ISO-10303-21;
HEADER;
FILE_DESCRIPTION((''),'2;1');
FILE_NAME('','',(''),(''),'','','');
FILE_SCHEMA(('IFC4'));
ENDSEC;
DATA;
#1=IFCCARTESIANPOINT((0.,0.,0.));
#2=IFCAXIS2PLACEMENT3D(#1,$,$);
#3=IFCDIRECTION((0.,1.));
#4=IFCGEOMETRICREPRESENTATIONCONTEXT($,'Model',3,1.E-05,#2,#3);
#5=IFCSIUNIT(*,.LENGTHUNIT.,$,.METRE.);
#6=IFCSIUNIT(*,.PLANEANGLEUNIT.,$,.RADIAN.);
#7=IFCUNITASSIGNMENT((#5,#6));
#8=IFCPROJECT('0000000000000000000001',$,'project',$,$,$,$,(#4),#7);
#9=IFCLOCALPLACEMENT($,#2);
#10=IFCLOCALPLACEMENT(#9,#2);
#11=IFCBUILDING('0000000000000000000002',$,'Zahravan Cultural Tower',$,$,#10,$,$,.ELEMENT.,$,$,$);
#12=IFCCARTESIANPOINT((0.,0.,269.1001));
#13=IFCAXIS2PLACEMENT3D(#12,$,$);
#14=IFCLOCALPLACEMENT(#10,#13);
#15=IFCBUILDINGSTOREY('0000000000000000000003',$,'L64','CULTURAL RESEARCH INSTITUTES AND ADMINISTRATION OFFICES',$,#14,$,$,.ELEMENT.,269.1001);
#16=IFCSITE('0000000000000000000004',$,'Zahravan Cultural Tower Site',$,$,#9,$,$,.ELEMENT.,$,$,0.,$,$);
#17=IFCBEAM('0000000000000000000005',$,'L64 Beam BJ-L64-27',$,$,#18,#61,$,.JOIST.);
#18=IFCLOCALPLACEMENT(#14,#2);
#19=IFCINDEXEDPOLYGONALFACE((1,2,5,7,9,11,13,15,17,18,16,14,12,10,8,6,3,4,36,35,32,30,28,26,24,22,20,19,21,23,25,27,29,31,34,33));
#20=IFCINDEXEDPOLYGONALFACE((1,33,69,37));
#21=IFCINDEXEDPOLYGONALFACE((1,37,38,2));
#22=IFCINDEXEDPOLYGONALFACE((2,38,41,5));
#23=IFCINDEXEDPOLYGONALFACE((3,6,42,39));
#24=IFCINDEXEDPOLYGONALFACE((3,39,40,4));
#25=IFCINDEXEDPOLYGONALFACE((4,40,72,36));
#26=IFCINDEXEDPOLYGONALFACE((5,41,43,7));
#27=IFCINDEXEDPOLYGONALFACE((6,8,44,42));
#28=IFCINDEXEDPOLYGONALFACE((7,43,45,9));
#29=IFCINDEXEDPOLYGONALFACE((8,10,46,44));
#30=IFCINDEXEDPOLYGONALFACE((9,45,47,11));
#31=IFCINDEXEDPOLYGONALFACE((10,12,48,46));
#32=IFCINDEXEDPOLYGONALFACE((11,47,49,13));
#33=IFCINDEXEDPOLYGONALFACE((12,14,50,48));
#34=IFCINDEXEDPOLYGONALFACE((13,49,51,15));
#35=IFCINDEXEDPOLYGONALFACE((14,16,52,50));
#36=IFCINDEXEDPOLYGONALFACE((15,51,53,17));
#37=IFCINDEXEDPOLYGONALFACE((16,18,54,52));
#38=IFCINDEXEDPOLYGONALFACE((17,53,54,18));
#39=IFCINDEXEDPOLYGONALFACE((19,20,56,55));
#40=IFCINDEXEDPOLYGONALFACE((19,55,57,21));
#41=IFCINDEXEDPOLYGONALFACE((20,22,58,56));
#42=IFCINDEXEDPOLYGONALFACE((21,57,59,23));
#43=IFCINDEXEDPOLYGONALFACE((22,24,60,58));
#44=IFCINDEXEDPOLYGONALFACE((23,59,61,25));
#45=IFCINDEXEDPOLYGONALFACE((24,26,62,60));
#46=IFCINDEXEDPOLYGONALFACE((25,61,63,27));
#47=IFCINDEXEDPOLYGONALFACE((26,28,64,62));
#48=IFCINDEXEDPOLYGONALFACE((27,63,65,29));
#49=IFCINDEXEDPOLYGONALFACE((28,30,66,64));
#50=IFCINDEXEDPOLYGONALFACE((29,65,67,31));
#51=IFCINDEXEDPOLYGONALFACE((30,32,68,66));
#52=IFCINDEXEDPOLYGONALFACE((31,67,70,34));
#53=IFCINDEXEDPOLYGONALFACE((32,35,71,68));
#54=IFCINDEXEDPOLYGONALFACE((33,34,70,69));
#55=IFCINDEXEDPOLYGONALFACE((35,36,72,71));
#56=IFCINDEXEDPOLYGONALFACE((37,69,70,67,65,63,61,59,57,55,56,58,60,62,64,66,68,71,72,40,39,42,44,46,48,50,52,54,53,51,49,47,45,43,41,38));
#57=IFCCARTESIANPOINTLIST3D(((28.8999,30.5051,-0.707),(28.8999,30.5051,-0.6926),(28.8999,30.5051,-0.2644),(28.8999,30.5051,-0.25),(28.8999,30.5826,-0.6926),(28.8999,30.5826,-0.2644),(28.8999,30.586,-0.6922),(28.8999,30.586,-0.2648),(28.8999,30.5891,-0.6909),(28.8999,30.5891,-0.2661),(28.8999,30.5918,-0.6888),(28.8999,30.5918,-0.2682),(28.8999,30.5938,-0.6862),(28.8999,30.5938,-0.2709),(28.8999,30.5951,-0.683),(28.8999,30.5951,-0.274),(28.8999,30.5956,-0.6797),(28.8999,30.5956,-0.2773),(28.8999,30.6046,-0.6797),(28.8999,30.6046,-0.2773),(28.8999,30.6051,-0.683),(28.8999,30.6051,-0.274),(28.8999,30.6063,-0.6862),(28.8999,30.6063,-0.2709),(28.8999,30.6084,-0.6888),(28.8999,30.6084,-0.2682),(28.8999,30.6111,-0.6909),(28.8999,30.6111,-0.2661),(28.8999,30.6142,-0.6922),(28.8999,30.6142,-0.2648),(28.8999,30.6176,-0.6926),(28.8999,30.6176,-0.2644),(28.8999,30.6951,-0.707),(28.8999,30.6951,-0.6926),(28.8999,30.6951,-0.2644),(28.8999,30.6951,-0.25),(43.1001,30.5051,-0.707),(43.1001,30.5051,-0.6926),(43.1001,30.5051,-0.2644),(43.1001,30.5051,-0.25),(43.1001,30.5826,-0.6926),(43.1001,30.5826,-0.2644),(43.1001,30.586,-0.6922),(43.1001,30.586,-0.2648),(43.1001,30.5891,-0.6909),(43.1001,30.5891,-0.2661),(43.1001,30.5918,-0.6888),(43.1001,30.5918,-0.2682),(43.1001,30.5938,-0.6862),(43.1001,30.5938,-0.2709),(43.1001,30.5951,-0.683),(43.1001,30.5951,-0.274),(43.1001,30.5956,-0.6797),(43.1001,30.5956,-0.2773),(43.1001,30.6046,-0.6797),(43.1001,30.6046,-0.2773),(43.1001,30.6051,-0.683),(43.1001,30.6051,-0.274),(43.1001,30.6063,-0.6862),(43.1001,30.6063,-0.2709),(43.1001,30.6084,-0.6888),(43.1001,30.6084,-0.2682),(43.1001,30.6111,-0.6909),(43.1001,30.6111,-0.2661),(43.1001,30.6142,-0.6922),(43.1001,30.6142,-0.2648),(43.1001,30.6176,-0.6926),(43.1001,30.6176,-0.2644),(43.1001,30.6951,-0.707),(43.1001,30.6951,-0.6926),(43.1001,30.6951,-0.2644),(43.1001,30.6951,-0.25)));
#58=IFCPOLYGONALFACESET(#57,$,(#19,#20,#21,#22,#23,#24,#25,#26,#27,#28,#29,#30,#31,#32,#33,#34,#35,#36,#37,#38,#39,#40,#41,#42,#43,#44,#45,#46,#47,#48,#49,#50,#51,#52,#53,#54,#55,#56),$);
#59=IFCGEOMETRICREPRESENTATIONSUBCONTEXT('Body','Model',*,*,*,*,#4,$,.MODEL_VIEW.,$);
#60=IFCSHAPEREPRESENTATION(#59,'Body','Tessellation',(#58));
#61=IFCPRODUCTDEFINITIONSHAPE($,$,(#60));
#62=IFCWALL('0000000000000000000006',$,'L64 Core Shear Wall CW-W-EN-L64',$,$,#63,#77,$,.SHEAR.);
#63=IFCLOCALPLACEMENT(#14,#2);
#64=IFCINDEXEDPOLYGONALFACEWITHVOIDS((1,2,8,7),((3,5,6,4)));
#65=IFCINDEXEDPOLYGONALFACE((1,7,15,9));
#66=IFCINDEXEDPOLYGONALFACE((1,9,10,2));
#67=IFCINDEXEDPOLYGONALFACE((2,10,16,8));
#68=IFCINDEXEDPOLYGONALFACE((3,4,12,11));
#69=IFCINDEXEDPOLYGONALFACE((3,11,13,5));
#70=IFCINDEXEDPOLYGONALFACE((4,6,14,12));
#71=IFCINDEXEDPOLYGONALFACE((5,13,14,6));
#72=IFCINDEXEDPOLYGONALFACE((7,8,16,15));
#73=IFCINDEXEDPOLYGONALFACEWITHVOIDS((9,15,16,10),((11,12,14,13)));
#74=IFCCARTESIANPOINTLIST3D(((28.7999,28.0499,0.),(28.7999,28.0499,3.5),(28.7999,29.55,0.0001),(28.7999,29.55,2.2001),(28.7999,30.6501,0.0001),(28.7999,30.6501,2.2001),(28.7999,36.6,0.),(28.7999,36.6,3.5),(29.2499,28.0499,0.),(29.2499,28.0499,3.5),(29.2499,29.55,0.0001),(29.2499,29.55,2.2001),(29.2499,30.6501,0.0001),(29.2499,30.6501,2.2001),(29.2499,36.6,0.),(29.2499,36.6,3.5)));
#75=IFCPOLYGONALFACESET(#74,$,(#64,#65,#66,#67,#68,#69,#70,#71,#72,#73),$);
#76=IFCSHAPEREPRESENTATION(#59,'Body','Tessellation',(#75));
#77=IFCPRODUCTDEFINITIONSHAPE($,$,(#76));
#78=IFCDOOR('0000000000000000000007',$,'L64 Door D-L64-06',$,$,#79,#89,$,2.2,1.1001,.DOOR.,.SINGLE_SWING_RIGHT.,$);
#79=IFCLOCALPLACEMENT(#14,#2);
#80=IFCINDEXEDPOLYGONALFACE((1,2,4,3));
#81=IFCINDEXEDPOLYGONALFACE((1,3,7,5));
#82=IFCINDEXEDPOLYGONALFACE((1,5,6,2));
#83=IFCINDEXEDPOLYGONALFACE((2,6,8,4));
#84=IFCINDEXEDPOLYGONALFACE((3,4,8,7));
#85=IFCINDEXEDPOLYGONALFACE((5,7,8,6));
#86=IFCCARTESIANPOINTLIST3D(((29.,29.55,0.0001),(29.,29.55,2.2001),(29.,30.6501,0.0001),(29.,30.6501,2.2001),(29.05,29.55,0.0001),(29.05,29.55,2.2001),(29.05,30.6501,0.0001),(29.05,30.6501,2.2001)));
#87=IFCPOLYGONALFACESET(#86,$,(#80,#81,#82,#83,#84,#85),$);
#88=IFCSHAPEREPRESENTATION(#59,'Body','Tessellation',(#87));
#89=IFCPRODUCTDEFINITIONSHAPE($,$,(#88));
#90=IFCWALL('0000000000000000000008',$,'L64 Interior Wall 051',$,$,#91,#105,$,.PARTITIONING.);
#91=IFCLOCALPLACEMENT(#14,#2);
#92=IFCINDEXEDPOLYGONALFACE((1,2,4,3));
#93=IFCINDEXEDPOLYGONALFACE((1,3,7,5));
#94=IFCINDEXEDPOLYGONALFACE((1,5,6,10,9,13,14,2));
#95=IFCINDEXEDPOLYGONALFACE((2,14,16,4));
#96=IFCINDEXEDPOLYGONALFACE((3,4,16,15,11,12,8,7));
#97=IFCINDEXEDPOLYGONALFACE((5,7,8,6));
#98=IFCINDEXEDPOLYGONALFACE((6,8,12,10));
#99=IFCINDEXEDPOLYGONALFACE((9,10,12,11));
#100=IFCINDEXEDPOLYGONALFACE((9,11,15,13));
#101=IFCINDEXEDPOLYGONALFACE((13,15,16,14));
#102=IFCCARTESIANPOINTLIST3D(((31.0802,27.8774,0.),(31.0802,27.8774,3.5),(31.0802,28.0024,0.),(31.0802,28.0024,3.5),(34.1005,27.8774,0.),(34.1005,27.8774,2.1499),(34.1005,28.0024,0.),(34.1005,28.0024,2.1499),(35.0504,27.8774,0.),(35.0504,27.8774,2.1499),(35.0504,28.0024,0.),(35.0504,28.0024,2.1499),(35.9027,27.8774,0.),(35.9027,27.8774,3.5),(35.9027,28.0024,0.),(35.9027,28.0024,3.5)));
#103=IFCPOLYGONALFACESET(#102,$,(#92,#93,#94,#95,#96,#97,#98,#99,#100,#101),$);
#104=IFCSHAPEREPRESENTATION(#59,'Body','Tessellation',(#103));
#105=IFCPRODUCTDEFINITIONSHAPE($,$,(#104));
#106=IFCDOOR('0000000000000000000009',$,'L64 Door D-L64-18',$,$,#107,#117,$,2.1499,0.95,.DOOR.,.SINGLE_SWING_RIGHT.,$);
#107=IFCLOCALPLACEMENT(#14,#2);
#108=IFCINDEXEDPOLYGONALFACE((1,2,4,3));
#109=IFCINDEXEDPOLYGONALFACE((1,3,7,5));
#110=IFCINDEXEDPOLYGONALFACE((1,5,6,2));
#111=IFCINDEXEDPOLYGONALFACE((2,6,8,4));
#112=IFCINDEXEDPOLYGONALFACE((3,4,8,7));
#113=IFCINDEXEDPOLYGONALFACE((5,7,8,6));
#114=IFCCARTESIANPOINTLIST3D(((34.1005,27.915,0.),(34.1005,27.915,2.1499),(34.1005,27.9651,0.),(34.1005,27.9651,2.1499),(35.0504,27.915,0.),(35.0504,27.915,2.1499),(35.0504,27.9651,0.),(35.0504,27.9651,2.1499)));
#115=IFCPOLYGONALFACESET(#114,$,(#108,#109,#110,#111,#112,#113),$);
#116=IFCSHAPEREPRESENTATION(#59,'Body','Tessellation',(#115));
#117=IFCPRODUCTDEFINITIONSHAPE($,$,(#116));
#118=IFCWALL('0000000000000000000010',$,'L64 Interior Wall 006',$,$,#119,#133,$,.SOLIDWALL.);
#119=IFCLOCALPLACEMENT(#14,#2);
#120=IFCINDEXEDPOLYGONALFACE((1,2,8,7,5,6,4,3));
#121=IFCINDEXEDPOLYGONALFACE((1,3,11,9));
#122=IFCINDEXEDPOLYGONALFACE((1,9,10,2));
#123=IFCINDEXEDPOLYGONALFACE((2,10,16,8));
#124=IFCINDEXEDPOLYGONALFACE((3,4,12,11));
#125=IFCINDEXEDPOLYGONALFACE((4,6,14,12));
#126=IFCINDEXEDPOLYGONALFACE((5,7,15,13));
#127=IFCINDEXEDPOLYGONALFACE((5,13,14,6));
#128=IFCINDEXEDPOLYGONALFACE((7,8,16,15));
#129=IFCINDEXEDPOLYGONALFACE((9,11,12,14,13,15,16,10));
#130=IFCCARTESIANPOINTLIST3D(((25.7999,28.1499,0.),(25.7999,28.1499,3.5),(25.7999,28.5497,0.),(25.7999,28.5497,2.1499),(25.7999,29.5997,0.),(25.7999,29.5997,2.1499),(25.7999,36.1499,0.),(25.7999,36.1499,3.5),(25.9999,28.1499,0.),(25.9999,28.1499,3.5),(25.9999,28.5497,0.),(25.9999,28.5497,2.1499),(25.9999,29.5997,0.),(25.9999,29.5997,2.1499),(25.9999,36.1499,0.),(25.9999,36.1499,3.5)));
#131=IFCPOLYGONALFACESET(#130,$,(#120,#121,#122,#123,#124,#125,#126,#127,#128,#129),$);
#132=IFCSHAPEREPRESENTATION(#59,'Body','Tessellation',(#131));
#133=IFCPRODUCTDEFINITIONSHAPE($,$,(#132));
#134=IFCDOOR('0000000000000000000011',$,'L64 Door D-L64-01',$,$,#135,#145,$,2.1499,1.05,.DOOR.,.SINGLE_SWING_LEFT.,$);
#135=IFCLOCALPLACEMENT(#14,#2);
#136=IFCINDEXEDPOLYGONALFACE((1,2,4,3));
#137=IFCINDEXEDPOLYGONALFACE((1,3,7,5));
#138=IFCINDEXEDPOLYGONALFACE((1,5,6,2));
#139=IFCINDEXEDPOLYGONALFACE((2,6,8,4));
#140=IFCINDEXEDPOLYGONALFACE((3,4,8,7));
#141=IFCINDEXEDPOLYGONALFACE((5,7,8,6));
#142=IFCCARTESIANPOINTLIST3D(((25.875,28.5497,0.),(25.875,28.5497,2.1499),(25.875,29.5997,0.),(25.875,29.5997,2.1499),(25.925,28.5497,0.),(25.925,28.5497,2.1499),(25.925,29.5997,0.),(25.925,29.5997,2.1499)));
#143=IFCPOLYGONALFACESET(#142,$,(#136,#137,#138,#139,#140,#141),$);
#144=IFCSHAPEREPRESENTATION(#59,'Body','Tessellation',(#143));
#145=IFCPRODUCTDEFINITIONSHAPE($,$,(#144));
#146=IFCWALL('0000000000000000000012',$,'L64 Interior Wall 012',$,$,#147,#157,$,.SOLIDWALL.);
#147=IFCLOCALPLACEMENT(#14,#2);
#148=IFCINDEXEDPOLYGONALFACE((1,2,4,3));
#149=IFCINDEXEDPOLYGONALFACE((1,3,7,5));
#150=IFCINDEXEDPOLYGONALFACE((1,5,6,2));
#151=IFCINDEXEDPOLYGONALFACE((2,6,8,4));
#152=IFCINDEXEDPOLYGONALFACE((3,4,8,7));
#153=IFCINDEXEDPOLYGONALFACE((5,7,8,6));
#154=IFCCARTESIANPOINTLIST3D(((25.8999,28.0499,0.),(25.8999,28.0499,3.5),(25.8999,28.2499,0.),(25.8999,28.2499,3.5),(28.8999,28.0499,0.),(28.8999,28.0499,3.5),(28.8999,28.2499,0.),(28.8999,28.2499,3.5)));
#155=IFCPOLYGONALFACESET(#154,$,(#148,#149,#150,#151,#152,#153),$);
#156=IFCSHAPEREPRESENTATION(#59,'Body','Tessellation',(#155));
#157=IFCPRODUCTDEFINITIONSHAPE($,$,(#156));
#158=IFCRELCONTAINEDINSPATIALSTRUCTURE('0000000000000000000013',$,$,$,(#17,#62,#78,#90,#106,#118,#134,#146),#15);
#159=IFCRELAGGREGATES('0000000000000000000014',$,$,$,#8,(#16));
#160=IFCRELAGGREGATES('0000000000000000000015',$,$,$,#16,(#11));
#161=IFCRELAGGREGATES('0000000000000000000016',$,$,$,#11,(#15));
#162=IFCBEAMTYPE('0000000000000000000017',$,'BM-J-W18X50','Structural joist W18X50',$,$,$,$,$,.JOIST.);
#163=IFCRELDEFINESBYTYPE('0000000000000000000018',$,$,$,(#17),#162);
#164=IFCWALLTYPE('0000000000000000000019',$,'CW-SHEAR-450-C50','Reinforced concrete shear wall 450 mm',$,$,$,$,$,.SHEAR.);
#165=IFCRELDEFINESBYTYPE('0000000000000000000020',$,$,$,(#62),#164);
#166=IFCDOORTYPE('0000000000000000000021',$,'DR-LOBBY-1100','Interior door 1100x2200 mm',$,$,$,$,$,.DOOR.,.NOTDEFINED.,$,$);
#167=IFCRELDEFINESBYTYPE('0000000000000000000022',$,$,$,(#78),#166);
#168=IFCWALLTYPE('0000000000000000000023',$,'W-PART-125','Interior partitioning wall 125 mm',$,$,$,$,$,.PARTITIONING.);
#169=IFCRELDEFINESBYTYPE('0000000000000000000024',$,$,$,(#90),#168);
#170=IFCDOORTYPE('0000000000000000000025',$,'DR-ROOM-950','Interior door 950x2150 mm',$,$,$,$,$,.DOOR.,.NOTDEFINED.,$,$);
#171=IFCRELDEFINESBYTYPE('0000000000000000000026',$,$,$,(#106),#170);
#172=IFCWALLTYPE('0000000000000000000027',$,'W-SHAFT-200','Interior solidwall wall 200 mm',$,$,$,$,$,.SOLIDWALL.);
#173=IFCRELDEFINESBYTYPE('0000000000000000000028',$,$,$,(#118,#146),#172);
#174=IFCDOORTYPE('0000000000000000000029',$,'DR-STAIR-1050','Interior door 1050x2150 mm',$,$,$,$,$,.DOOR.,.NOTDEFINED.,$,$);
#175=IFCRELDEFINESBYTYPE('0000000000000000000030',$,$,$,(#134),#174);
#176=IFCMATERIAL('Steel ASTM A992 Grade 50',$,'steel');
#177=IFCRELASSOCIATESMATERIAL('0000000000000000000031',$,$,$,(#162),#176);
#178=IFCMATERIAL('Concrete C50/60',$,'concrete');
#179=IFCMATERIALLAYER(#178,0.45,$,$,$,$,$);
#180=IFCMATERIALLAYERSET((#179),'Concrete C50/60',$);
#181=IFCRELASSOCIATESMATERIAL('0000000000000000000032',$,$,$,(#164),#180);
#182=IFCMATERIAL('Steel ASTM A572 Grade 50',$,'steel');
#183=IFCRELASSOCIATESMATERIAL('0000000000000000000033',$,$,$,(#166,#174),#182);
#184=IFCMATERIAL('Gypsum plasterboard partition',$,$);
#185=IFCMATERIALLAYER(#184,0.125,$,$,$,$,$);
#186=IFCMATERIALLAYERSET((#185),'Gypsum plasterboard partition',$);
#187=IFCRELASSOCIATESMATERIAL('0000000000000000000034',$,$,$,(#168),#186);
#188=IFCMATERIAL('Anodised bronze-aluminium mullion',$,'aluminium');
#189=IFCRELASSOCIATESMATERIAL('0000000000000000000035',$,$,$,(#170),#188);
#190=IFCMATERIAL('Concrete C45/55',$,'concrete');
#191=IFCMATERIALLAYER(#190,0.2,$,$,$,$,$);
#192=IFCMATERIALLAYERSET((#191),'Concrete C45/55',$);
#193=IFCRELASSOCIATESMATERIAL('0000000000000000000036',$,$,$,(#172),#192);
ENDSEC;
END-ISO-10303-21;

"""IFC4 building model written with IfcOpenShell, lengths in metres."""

from ifc_helpers import new_model, si_unit, direction, frame, frame_2d, origin, origin_2d, place, context, subcontext, project, spatial, rectangle, i_section, extrude, source, transform, mapped, material, layer, layer_set, material_profile, profile_set, type_object, element, fill, save


model = new_model("IFC4")

# Units and contexts
model_context = context("Model", 3, precision=1e-05, world=origin(), true_north=direction((0.0, 1.0)))
body_context = subcontext(model_context, "Body", "Model", "MODEL_VIEW")
ifc_project = project(units=[si_unit("LENGTHUNIT", "METRE"), si_unit("PLANEANGLEUNIT", "RADIAN")], contexts=[model_context])

# Site, building, storey
site_placement = place(None, origin())
site = spatial("IfcSite", under=ifc_project, at=site_placement, Name="Zahravan Cultural Tower Site", CompositionType="ELEMENT", RefElevation=0.0)
building_placement = place(site_placement, origin())
building = spatial("IfcBuilding", under=site, at=building_placement, Name="Zahravan Cultural Tower", CompositionType="ELEMENT")
storey_placement = place(building_placement, frame((0.0, 0.0, 269.1001)))
storey = spatial("IfcBuildingStorey", under=building, at=storey_placement, Name="L64", Description="CULTURAL RESEARCH INSTITUTES AND ADMINISTRATION OFFICES", CompositionType="ELEMENT", Elevation=269.1001)

# Beam
ifc_material_1 = material(Name="Steel ASTM A992 Grade 50", Category="steel")
ifc_material_profile = material_profile(ifc_material_1, i_section(OverallWidth=0.1899, OverallDepth=0.457, WebThickness=0.009, FlangeThickness=0.0144, FilletRadius=0.0129, at=origin_2d()), Name="W18X50")
ifc_profile_set = profile_set([ifc_material_profile], Name="Steel ASTM A992 Grade 50")
beam_type = type_object("IfcBeamType", Name="BM-J-W18X50", Description="Structural joist W18X50", PredefinedType="JOIST", material=ifc_profile_set)
shared_shape_1 = source(origin(), body_context, "Body", "SweptSolid", [
    extrude(i_section(OverallWidth=0.1899, OverallDepth=0.457, WebThickness=0.009, FlangeThickness=0.0144, FilletRadius=0.0129, at=origin_2d()), origin(), (0.0, 0.0, 1.0), 14.2002),
])
beam_placement = place(storey_placement, frame((28.8999, 30.6001, -0.4785), z_axis=(1.0, 0.0, 0.0), x_axis=(0.0, 1.0, 0.0)))
element("IfcBeam", 1, at=beam_placement, inside=storey, type_object=beam_type, Name="L64 Beam BJ-L64-27", PredefinedType="JOIST", context=body_context, shape_type="MappedRepresentation", body=[
    mapped(shared_shape_1, transform((0.0, 0.0, 0.0), x_axis=(1.0, 0.0, 0.0), y_axis=(0.0, 1.0, 0.0), z_axis=(0.0, 0.0, 1.0), scale=1.0)),
])

# Walls, openings, doors
ifc_material_2 = material(Name="Concrete C50/60", Category="concrete")
ifc_layer_1 = layer(ifc_material_2, 0.45)
ifc_layer_set_1 = layer_set([ifc_layer_1], Name="Concrete C50/60")
wall_type_1 = type_object("IfcWallType", Name="CW-SHEAR-450-C50", Description="Reinforced concrete shear wall 450 mm", PredefinedType="SHEAR", material=ifc_layer_set_1)
wall_1_placement = place(storey_placement, frame((29.0249, 28.05, 0.0), z_axis=(0.0, 0.0, 1.0), x_axis=(0.0, 1.0, 0.0)))
wall_1 = element("IfcWall", 2, at=wall_1_placement, inside=storey, type_object=wall_type_1, Name="L64 Core Shear Wall CW-W-EN-L64", PredefinedType="SHEAR", context=body_context, shape_type="SweptSolid", body=[
    extrude(rectangle(XDim=8.55, YDim=0.45, at=frame_2d((4.2749, 0.0))), origin(), (0.0, 0.0, 1.0), 3.5),
])
opening_1_placement = place(wall_1_placement, frame((1.5, 0.0, 0.0)))
opening_1 = element("IfcOpeningElement", 3, at=opening_1_placement, cuts=wall_1, PredefinedType="OPENING", context=body_context, shape_type="SweptSolid", body=[
    extrude(rectangle(XDim=1.1001, YDim=2.2, at=frame_2d((0.55, 1.1001))), frame((0.0, 0.2349, 0.0), z_axis=(0.0, -1.0, 0.0), x_axis=(1.0, 0.0, 0.0)), (0.0, 0.0, 1.0), 0.47),
])
ifc_material_3 = material(Name="Steel ASTM A572 Grade 50", Category="steel")
door_type_1 = type_object("IfcDoorType", Name="DR-LOBBY-1100", Description="Interior door 1100x2200 mm", OperationType="NOTDEFINED", PredefinedType="DOOR", material=ifc_material_3)
shared_shape_2 = source(origin(), body_context, "Body", "SweptSolid", [
    extrude(rectangle(XDim=1.1001, YDim=2.2, at=frame_2d((0.55, 1.1001))), frame((0.0, 0.0249, 0.0), z_axis=(0.0, -1.0, 0.0), x_axis=(1.0, 0.0, 0.0)), (0.0, 0.0, 1.0), 0.05),
])
door_1_placement = place(opening_1_placement, origin())
door_1 = element("IfcDoor", 4, at=door_1_placement, inside=storey, type_object=door_type_1, Name="L64 Door D-L64-06", OperationType="SINGLE_SWING_RIGHT", OverallHeight=2.2, OverallWidth=1.1001, PredefinedType="DOOR", context=body_context, shape_type="MappedRepresentation", body=[
    mapped(shared_shape_2, transform((0.0, 0.0, 0.0), x_axis=(1.0, 0.0, 0.0), y_axis=(0.0, 1.0, 0.0), z_axis=(0.0, 0.0, 1.0), scale=1.0)),
])
fill(opening_1, door_1)
ifc_material_4 = material(Name="Gypsum plasterboard partition")
ifc_layer_2 = layer(ifc_material_4, 0.125)
ifc_layer_set_2 = layer_set([ifc_layer_2], Name="Gypsum plasterboard partition")
wall_type_2 = type_object("IfcWallType", Name="W-PART-125", Description="Interior partitioning wall 125 mm", PredefinedType="PARTITIONING", material=ifc_layer_set_2)
wall_2_placement = place(storey_placement, frame((35.9026, 27.9399, 0.0), z_axis=(0.0, 0.0, 1.0), x_axis=(-1.0, 0.0, 0.0)))
wall_2 = element("IfcWall", 5, at=wall_2_placement, inside=storey, type_object=wall_type_2, Name="L64 Interior Wall 051", PredefinedType="PARTITIONING", context=body_context, shape_type="SweptSolid", body=[
    extrude(rectangle(XDim=4.8225, YDim=0.125, at=frame_2d((2.4111, 0.0))), origin(), (0.0, 0.0, 1.0), 3.5),
])
opening_2_placement = place(wall_2_placement, frame((0.8521, 0.0, 0.0)))
opening_2 = element("IfcOpeningElement", 6, at=opening_2_placement, cuts=wall_2, PredefinedType="OPENING", context=body_context, shape_type="SweptSolid", body=[
    extrude(rectangle(XDim=0.95, YDim=2.1499, at=frame_2d((0.4751, 1.075))), frame((0.0, 0.0725, 0.0), z_axis=(0.0, -1.0, 0.0), x_axis=(1.0, 0.0, 0.0)), (0.0, 0.0, 1.0), 0.145),
])
ifc_material_5 = material(Name="Anodised bronze-aluminium mullion", Category="aluminium")
door_type_2 = type_object("IfcDoorType", Name="DR-ROOM-950", Description="Interior door 950x2150 mm", OperationType="NOTDEFINED", PredefinedType="DOOR", material=ifc_material_5)
shared_shape_3 = source(origin(), body_context, "Body", "SweptSolid", [
    extrude(rectangle(XDim=0.95, YDim=2.1499, at=frame_2d((0.4751, 1.075))), frame((0.0, 0.0249, 0.0), z_axis=(0.0, -1.0, 0.0), x_axis=(1.0, 0.0, 0.0)), (0.0, 0.0, 1.0), 0.05),
])
door_2_placement = place(opening_2_placement, origin())
door_2 = element("IfcDoor", 7, at=door_2_placement, inside=storey, type_object=door_type_2, Name="L64 Door D-L64-18", OperationType="SINGLE_SWING_RIGHT", OverallHeight=2.1499, OverallWidth=0.95, PredefinedType="DOOR", context=body_context, shape_type="MappedRepresentation", body=[
    mapped(shared_shape_3, transform((0.0, 0.0, 0.0), x_axis=(1.0, 0.0, 0.0), y_axis=(0.0, 1.0, 0.0), z_axis=(0.0, 0.0, 1.0), scale=1.0)),
])
fill(opening_2, door_2)
ifc_material_6 = material(Name="Concrete C45/55", Category="concrete")
ifc_layer_3 = layer(ifc_material_6, 0.2)
ifc_layer_set_3 = layer_set([ifc_layer_3], Name="Concrete C45/55")
wall_type_3 = type_object("IfcWallType", Name="W-SHAFT-200", Description="Interior solidwall wall 200 mm", PredefinedType="SOLIDWALL", material=ifc_layer_set_3)
wall_3_placement = place(storey_placement, frame((25.8999, 28.1499, 0.0), z_axis=(0.0, 0.0, 1.0), x_axis=(0.0, 1.0, 0.0)))
wall_3 = element("IfcWall", 8, at=wall_3_placement, inside=storey, type_object=wall_type_3, Name="L64 Interior Wall 006", PredefinedType="SOLIDWALL", context=body_context, shape_type="SweptSolid", body=[
    extrude(rectangle(XDim=8.0, YDim=0.2, at=frame_2d((4.0, 0.0))), origin(), (0.0, 0.0, 1.0), 3.5),
])
opening_3_placement = place(wall_3_placement, frame((0.3999, 0.0, 0.0)))
opening_3 = element("IfcOpeningElement", 9, at=opening_3_placement, cuts=wall_3, PredefinedType="OPENING", context=body_context, shape_type="SweptSolid", body=[
    extrude(rectangle(XDim=1.05, YDim=2.1499, at=frame_2d((0.5249, 1.075))), frame((0.0, 0.1099, 0.0), z_axis=(0.0, -1.0, 0.0), x_axis=(1.0, 0.0, 0.0)), (0.0, 0.0, 1.0), 0.22),
])
door_type_3 = type_object("IfcDoorType", Name="DR-STAIR-1050", Description="Interior door 1050x2150 mm", OperationType="NOTDEFINED", PredefinedType="DOOR", material=ifc_material_3)
shared_shape_4 = source(origin(), body_context, "Body", "SweptSolid", [
    extrude(rectangle(XDim=1.05, YDim=2.1499, at=frame_2d((0.5249, 1.075))), frame((0.0, 0.0249, 0.0), z_axis=(0.0, -1.0, 0.0), x_axis=(1.0, 0.0, 0.0)), (0.0, 0.0, 1.0), 0.05),
])
door_3_placement = place(opening_3_placement, origin())
door_3 = element("IfcDoor", 10, at=door_3_placement, inside=storey, type_object=door_type_3, Name="L64 Door D-L64-01", OperationType="SINGLE_SWING_LEFT", OverallHeight=2.1499, OverallWidth=1.05, PredefinedType="DOOR", context=body_context, shape_type="MappedRepresentation", body=[
    mapped(shared_shape_4, transform((0.0, 0.0, 0.0), x_axis=(1.0, 0.0, 0.0), y_axis=(0.0, 1.0, 0.0), z_axis=(0.0, 0.0, 1.0), scale=1.0)),
])
fill(opening_3, door_3)

# Wall
shared_shape_5 = source(origin(), body_context, "Body", "SweptSolid", [
    extrude(rectangle(XDim=3.0, YDim=0.2, at=frame_2d((1.5, 0.0))), origin(), (0.0, 0.0, 1.0), 3.5),
])
wall_4_placement = place(storey_placement, frame((25.8999, 28.1499, 0.0), z_axis=(0.0, 0.0, 1.0), x_axis=(1.0, 0.0, 0.0)))
element("IfcWall", 11, at=wall_4_placement, inside=storey, type_object=wall_type_3, Name="L64 Interior Wall 012", PredefinedType="SOLIDWALL", context=body_context, shape_type="MappedRepresentation", body=[
    mapped(shared_shape_5, transform((0.0, 0.0, 0.0), x_axis=(1.0, 0.0, 0.0), y_axis=(0.0, 1.0, 0.0), z_axis=(0.0, 0.0, 1.0), scale=1.0)),
])

save(model, "model.ifc")
